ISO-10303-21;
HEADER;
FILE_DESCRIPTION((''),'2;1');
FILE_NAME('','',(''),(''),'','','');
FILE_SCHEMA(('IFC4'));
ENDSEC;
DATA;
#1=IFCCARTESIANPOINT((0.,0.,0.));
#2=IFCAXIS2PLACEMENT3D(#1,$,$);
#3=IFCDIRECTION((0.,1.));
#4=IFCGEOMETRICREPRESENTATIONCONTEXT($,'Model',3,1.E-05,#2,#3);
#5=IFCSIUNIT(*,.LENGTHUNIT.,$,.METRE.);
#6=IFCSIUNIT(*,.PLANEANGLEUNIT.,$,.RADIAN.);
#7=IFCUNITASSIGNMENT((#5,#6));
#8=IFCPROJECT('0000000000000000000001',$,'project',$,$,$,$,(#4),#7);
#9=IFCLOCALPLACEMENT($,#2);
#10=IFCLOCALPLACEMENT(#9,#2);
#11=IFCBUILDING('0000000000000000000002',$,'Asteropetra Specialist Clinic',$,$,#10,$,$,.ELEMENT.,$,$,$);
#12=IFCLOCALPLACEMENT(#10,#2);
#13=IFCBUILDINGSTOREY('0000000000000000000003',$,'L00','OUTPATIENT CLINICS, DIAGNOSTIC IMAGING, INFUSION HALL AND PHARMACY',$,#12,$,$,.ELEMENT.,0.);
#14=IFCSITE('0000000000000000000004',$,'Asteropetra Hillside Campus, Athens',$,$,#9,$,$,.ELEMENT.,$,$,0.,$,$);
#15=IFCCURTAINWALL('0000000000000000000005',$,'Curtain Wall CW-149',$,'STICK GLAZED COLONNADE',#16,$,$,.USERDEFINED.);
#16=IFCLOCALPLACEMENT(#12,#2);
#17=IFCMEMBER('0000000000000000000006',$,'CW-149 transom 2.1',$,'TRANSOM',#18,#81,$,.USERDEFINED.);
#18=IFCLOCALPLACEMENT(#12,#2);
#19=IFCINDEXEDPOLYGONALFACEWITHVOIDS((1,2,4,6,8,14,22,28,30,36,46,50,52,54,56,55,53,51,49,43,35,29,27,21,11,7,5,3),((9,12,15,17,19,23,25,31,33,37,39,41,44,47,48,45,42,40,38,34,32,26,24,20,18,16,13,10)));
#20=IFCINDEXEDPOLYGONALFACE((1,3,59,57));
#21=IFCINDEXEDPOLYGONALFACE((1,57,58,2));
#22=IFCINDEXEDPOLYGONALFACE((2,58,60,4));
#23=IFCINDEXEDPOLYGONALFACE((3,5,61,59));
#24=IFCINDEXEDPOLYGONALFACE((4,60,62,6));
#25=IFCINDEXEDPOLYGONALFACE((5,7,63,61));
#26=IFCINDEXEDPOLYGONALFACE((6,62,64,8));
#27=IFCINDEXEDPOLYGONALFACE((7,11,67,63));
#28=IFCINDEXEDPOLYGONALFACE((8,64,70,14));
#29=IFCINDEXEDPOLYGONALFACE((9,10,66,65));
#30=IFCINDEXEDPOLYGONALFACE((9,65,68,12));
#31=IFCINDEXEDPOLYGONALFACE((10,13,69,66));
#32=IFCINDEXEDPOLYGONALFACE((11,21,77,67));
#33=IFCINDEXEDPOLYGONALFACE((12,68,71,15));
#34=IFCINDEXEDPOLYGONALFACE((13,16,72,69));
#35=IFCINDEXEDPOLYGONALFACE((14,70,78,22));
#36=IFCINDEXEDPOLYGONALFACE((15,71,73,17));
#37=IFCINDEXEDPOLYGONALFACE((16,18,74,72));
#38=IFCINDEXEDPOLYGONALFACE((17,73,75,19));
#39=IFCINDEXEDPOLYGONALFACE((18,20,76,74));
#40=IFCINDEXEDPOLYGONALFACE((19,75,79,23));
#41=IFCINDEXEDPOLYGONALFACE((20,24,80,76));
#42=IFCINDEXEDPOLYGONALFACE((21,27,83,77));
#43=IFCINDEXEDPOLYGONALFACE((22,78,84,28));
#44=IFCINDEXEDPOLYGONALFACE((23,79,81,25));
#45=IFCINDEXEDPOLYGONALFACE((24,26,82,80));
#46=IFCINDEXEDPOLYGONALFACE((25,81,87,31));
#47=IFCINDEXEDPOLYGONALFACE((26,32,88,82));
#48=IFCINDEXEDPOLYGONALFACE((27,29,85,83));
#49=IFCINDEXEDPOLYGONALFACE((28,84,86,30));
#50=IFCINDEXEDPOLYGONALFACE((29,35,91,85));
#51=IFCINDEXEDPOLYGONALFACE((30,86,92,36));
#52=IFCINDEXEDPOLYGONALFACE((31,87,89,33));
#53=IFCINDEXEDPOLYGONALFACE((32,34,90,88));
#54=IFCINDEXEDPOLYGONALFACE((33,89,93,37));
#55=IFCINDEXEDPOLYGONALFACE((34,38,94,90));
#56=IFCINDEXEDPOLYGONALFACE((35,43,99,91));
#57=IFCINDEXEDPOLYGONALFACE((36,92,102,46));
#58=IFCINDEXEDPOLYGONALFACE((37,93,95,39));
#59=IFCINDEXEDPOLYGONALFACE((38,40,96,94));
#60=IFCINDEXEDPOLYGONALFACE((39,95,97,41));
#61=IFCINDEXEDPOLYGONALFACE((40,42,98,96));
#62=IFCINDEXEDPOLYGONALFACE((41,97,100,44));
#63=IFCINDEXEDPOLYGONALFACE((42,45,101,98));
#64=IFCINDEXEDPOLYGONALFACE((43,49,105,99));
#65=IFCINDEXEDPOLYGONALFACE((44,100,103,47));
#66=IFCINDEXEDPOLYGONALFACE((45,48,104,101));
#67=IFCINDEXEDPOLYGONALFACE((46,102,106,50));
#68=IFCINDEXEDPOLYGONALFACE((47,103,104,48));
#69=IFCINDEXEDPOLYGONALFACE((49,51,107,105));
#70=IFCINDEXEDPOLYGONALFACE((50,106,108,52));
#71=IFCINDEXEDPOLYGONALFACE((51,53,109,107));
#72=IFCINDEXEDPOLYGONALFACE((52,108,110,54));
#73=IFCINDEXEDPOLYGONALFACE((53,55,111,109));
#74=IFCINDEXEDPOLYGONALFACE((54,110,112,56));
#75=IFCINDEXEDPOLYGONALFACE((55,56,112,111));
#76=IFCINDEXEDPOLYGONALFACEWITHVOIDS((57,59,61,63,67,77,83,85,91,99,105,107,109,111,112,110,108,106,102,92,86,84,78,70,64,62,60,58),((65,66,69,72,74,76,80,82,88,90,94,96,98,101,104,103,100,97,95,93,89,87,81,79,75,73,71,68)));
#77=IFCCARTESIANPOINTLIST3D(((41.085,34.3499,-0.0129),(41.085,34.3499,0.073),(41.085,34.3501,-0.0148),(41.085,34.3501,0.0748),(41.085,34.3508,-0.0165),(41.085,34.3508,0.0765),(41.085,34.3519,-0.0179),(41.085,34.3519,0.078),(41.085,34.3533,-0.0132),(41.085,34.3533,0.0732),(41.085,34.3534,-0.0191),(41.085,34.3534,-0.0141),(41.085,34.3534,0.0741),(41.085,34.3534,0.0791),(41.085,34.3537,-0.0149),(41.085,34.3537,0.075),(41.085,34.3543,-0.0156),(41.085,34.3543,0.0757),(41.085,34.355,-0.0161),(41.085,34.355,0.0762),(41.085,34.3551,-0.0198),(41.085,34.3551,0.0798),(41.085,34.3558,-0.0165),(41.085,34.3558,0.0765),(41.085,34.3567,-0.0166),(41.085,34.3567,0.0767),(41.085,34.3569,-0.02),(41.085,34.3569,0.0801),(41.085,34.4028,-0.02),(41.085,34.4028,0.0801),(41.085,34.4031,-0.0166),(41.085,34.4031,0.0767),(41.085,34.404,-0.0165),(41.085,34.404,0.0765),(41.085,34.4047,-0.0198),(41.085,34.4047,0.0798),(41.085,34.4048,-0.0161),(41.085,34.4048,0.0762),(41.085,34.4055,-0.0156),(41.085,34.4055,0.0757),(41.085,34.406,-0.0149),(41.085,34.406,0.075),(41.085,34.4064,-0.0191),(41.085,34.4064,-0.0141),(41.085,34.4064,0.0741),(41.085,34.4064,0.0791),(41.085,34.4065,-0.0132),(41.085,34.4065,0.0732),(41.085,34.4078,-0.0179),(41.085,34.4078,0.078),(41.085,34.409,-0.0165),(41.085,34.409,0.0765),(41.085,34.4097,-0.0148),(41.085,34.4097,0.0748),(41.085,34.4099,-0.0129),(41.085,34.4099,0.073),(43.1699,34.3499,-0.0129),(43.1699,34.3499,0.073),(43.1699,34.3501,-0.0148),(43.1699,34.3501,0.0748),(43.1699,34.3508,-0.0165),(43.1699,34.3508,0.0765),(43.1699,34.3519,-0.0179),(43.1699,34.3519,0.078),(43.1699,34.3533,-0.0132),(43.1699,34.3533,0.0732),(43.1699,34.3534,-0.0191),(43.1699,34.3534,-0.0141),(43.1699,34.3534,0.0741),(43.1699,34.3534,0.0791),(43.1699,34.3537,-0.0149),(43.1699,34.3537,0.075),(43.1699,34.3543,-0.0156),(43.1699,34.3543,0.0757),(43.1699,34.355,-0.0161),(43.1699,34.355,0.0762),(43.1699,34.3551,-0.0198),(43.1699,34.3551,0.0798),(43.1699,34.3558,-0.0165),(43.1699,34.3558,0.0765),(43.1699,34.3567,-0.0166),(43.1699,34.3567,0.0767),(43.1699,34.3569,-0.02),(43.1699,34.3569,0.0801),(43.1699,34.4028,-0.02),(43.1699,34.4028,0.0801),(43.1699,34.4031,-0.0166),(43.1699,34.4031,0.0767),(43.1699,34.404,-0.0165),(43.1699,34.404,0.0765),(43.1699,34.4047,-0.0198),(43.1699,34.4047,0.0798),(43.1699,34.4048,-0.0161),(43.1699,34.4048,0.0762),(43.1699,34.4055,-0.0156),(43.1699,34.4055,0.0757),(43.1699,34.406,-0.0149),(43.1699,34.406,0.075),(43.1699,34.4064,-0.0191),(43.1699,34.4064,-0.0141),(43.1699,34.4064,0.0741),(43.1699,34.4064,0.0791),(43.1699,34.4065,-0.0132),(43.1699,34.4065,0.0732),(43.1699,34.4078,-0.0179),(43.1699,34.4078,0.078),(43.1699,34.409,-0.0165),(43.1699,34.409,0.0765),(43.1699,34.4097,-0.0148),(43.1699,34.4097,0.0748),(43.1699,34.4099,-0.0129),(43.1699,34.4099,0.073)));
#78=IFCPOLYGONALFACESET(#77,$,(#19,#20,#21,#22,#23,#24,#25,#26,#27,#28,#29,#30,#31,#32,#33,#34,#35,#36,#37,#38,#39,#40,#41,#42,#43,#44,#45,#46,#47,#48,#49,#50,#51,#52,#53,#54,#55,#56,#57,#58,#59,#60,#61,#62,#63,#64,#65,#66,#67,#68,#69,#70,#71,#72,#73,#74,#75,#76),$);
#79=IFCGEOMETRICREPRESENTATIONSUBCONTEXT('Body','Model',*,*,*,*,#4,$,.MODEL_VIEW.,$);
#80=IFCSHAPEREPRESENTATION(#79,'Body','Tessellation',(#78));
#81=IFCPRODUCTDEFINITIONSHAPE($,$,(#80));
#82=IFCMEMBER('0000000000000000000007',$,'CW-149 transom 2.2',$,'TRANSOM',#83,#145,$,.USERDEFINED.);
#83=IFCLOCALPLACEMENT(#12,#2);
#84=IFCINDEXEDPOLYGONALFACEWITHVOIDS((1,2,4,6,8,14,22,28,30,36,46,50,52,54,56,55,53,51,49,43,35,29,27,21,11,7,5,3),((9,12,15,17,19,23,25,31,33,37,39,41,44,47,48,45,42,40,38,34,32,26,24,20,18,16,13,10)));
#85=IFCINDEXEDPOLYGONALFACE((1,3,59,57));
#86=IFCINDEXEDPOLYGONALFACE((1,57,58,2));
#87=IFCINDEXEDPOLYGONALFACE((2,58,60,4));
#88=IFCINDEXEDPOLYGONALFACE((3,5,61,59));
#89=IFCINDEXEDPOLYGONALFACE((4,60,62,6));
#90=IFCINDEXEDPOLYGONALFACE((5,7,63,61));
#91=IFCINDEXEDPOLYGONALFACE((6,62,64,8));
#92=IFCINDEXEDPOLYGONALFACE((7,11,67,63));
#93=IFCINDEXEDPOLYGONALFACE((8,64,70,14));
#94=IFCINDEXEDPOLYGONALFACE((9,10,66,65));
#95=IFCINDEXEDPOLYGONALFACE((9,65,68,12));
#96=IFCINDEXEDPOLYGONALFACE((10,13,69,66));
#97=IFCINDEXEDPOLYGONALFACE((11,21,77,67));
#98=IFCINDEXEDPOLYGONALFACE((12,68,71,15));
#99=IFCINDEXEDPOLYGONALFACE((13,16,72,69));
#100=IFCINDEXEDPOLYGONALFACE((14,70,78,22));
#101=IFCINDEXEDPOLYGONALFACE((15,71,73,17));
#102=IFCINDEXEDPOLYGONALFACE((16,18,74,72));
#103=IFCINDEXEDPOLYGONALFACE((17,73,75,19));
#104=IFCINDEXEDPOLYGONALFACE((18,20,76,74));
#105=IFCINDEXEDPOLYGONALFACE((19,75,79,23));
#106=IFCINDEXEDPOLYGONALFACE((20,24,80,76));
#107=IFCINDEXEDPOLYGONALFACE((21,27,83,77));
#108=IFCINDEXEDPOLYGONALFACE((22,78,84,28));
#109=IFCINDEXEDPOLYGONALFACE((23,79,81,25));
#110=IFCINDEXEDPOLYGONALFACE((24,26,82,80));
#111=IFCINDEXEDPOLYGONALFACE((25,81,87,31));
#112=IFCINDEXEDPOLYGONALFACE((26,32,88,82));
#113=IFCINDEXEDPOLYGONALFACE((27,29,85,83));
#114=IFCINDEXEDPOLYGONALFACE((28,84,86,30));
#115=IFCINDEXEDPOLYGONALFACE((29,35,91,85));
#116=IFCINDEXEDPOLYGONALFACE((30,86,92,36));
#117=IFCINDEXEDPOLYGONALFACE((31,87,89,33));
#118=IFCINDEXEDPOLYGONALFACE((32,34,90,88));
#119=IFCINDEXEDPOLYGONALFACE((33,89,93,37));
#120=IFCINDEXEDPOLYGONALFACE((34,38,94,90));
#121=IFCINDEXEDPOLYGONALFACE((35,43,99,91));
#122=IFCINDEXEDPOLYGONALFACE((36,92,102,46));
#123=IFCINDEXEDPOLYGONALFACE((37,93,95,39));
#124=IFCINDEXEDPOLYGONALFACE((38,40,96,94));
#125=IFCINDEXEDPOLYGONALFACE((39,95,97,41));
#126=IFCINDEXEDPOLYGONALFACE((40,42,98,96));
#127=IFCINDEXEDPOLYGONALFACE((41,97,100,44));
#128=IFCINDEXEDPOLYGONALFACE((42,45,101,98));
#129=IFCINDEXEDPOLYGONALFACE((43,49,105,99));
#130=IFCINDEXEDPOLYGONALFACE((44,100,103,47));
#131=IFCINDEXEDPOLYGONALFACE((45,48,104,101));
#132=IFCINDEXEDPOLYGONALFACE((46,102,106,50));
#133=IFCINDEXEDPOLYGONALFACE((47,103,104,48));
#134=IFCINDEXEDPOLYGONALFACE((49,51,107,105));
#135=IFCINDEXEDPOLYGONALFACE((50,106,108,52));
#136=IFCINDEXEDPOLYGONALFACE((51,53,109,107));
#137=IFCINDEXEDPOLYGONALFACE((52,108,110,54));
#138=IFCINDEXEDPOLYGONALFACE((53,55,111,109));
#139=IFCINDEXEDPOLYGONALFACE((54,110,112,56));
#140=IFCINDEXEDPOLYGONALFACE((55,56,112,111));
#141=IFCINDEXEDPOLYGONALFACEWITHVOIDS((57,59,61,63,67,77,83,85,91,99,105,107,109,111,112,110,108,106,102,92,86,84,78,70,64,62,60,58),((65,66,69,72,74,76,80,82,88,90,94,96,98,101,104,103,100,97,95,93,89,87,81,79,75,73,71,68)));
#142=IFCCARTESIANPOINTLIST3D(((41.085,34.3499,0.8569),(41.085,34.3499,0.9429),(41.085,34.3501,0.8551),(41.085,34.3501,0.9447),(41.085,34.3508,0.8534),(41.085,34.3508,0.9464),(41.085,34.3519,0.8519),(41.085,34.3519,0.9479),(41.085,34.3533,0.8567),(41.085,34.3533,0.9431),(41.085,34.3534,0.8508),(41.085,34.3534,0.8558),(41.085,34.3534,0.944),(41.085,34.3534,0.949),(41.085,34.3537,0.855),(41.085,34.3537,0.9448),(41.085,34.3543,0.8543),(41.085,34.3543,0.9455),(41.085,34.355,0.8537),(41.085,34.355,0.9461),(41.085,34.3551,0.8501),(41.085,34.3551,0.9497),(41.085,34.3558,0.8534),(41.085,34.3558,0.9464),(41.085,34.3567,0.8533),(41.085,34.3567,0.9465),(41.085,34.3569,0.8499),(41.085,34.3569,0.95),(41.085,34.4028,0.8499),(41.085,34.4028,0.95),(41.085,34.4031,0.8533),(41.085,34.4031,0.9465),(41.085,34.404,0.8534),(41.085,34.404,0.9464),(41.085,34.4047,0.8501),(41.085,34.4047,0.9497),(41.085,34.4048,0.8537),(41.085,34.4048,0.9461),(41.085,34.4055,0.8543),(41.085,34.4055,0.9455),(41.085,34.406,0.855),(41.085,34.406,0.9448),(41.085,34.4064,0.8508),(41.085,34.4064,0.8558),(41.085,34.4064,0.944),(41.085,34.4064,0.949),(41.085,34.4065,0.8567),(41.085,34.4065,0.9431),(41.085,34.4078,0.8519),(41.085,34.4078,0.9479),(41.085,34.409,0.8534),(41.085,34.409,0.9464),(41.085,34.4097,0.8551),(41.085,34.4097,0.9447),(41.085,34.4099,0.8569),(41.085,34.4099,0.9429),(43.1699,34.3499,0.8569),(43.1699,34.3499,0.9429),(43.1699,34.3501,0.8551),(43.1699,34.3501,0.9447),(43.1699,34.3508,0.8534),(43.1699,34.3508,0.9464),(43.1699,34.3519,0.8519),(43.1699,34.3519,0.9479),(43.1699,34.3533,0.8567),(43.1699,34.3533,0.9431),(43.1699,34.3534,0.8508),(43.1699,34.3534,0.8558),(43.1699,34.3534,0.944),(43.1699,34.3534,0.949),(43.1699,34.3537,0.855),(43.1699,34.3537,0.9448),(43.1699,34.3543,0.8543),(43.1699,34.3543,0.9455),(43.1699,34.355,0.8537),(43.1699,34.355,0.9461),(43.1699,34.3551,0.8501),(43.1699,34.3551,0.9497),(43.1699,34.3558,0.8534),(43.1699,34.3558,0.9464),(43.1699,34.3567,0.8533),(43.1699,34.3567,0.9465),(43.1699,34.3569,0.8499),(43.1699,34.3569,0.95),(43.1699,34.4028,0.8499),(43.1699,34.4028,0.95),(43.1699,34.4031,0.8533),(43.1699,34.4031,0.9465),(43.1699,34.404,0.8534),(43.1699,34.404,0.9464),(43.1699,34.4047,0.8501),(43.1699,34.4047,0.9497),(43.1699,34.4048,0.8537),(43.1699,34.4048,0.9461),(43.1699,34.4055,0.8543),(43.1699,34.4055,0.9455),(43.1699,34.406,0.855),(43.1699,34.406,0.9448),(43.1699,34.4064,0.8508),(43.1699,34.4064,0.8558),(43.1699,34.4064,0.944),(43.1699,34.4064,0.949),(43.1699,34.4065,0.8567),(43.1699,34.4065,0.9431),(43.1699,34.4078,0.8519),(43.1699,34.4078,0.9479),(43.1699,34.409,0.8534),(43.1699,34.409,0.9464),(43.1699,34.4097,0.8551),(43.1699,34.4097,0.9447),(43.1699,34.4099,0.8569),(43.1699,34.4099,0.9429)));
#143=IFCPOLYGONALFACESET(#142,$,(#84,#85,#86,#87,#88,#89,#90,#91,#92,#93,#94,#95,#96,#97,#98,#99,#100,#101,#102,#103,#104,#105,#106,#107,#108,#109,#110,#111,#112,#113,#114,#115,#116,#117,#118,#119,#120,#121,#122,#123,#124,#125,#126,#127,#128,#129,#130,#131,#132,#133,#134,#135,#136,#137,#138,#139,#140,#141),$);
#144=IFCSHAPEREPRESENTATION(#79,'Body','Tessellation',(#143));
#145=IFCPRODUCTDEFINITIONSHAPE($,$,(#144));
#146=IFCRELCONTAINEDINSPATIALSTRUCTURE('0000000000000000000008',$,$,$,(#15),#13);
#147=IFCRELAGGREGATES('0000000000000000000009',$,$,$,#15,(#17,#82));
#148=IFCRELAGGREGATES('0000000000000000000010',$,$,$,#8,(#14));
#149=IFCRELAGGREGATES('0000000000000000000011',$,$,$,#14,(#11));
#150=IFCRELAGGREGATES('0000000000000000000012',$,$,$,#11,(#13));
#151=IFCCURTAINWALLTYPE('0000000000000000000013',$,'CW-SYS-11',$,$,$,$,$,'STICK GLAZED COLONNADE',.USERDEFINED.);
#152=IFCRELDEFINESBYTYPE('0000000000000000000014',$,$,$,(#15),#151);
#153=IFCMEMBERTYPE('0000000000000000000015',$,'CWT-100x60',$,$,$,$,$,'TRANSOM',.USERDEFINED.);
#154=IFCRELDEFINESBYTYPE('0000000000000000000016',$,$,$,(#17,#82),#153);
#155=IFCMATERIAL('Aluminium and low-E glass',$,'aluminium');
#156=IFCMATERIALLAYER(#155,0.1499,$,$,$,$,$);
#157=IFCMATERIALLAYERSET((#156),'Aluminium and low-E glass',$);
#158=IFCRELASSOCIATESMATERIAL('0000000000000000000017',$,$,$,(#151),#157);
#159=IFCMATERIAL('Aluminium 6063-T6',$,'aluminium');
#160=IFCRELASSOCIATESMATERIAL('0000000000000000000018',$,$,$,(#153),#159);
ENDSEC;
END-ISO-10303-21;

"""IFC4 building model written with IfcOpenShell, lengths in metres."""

from ifc_helpers import new_model, si_unit, direction, frame, origin, origin_2d, place, context, subcontext, project, spatial, hollow_rectangle, extrude, material, layer, layer_set, material_profile, profile_set, type_object, element, aggregate, save


model = new_model("IFC4")

# Units and contexts
model_context = context("Model", 3, precision=1e-05, world=origin(), true_north=direction((0.0, 1.0)))
body_context = subcontext(model_context, "Body", "Model", "MODEL_VIEW")
ifc_project = project(units=[si_unit("LENGTHUNIT", "METRE"), si_unit("PLANEANGLEUNIT", "RADIAN")], contexts=[model_context])

# Site, building, storey
site_placement = place(None, origin())
site = spatial("IfcSite", under=ifc_project, at=site_placement, Name="Asteropetra Hillside Campus, Athens", CompositionType="ELEMENT", RefElevation=0.0)
building_placement = place(site_placement, origin())
building = spatial("IfcBuilding", under=site, at=building_placement, Name="Asteropetra Specialist Clinic", CompositionType="ELEMENT")
storey_placement = place(building_placement, origin())
storey = spatial("IfcBuildingStorey", under=building, at=storey_placement, Name="L00", Description="OUTPATIENT CLINICS, DIAGNOSTIC IMAGING, INFUSION HALL AND PHARMACY", CompositionType="ELEMENT", Elevation=0.0)

# Curtain wall, members
ifc_material_1 = material(Name="Aluminium and low-E glass", Category="aluminium")
ifc_layer_1 = layer(ifc_material_1, 0.1499)
ifc_layer_set_1 = layer_set([ifc_layer_1], Name="Aluminium and low-E glass")
curtain_wall_type = type_object("IfcCurtainWallType", Name="CW-SYS-11", ElementType="STICK GLAZED COLONNADE", PredefinedType="USERDEFINED", material=ifc_layer_set_1)
curtain_wall_placement = place(storey_placement, origin())
curtain_wall = element("IfcCurtainWall", 1, at=curtain_wall_placement, inside=storey, type_object=curtain_wall_type, Name="Curtain Wall CW-149", ObjectType="STICK GLAZED COLONNADE", PredefinedType="USERDEFINED")
ifc_material_2 = material(Name="Aluminium 6063-T6", Category="aluminium")
ifc_material_profile_1 = material_profile(ifc_material_2, hollow_rectangle(XDim=0.0601, YDim=0.1001, WallThickness=0.0034, InnerFilletRadius=0.0034, OuterFilletRadius=0.0071, at=origin_2d()), Name="TRN 100x60x3.5")
ifc_profile_set_1 = profile_set([ifc_material_profile_1], Name="Aluminium 6063-T6")
member_type_1 = type_object("IfcMemberType", Name="CWT-100x60", ElementType="TRANSOM", PredefinedType="USERDEFINED", material=ifc_profile_set_1)
member_1_placement = place(storey_placement, frame((41.085, 34.3799, 0.03), z_axis=(1.0, 0.0, 0.0), x_axis=(0.0, 1.0, 0.0)))
member_1 = element("IfcMember", 2, at=member_1_placement, type_object=member_type_1, Name="CW-149 transom 2.1", ObjectType="TRANSOM", PredefinedType="USERDEFINED", context=body_context, shape_type="SweptSolid", body=[
    extrude(hollow_rectangle(XDim=0.0601, YDim=0.1001, WallThickness=0.0034, InnerFilletRadius=0.0034, OuterFilletRadius=0.0071, at=origin_2d()), origin(), (0.0, 0.0, 1.0), 2.085),
])
member_2_placement = place(storey_placement, frame((41.085, 34.3799, 0.8999), z_axis=(1.0, 0.0, 0.0), x_axis=(0.0, 1.0, 0.0)))
member_2 = element("IfcMember", 3, at=member_2_placement, type_object=member_type_1, Name="CW-149 transom 2.2", ObjectType="TRANSOM", PredefinedType="USERDEFINED", context=body_context, shape_type="SweptSolid", body=[
    extrude(hollow_rectangle(XDim=0.0601, YDim=0.1001, WallThickness=0.0034, InnerFilletRadius=0.0034, OuterFilletRadius=0.0071, at=origin_2d()), origin(), (0.0, 0.0, 1.0), 2.085),
])

aggregate(curtain_wall, [member_1, member_2])

save(model, "model.ifc")
